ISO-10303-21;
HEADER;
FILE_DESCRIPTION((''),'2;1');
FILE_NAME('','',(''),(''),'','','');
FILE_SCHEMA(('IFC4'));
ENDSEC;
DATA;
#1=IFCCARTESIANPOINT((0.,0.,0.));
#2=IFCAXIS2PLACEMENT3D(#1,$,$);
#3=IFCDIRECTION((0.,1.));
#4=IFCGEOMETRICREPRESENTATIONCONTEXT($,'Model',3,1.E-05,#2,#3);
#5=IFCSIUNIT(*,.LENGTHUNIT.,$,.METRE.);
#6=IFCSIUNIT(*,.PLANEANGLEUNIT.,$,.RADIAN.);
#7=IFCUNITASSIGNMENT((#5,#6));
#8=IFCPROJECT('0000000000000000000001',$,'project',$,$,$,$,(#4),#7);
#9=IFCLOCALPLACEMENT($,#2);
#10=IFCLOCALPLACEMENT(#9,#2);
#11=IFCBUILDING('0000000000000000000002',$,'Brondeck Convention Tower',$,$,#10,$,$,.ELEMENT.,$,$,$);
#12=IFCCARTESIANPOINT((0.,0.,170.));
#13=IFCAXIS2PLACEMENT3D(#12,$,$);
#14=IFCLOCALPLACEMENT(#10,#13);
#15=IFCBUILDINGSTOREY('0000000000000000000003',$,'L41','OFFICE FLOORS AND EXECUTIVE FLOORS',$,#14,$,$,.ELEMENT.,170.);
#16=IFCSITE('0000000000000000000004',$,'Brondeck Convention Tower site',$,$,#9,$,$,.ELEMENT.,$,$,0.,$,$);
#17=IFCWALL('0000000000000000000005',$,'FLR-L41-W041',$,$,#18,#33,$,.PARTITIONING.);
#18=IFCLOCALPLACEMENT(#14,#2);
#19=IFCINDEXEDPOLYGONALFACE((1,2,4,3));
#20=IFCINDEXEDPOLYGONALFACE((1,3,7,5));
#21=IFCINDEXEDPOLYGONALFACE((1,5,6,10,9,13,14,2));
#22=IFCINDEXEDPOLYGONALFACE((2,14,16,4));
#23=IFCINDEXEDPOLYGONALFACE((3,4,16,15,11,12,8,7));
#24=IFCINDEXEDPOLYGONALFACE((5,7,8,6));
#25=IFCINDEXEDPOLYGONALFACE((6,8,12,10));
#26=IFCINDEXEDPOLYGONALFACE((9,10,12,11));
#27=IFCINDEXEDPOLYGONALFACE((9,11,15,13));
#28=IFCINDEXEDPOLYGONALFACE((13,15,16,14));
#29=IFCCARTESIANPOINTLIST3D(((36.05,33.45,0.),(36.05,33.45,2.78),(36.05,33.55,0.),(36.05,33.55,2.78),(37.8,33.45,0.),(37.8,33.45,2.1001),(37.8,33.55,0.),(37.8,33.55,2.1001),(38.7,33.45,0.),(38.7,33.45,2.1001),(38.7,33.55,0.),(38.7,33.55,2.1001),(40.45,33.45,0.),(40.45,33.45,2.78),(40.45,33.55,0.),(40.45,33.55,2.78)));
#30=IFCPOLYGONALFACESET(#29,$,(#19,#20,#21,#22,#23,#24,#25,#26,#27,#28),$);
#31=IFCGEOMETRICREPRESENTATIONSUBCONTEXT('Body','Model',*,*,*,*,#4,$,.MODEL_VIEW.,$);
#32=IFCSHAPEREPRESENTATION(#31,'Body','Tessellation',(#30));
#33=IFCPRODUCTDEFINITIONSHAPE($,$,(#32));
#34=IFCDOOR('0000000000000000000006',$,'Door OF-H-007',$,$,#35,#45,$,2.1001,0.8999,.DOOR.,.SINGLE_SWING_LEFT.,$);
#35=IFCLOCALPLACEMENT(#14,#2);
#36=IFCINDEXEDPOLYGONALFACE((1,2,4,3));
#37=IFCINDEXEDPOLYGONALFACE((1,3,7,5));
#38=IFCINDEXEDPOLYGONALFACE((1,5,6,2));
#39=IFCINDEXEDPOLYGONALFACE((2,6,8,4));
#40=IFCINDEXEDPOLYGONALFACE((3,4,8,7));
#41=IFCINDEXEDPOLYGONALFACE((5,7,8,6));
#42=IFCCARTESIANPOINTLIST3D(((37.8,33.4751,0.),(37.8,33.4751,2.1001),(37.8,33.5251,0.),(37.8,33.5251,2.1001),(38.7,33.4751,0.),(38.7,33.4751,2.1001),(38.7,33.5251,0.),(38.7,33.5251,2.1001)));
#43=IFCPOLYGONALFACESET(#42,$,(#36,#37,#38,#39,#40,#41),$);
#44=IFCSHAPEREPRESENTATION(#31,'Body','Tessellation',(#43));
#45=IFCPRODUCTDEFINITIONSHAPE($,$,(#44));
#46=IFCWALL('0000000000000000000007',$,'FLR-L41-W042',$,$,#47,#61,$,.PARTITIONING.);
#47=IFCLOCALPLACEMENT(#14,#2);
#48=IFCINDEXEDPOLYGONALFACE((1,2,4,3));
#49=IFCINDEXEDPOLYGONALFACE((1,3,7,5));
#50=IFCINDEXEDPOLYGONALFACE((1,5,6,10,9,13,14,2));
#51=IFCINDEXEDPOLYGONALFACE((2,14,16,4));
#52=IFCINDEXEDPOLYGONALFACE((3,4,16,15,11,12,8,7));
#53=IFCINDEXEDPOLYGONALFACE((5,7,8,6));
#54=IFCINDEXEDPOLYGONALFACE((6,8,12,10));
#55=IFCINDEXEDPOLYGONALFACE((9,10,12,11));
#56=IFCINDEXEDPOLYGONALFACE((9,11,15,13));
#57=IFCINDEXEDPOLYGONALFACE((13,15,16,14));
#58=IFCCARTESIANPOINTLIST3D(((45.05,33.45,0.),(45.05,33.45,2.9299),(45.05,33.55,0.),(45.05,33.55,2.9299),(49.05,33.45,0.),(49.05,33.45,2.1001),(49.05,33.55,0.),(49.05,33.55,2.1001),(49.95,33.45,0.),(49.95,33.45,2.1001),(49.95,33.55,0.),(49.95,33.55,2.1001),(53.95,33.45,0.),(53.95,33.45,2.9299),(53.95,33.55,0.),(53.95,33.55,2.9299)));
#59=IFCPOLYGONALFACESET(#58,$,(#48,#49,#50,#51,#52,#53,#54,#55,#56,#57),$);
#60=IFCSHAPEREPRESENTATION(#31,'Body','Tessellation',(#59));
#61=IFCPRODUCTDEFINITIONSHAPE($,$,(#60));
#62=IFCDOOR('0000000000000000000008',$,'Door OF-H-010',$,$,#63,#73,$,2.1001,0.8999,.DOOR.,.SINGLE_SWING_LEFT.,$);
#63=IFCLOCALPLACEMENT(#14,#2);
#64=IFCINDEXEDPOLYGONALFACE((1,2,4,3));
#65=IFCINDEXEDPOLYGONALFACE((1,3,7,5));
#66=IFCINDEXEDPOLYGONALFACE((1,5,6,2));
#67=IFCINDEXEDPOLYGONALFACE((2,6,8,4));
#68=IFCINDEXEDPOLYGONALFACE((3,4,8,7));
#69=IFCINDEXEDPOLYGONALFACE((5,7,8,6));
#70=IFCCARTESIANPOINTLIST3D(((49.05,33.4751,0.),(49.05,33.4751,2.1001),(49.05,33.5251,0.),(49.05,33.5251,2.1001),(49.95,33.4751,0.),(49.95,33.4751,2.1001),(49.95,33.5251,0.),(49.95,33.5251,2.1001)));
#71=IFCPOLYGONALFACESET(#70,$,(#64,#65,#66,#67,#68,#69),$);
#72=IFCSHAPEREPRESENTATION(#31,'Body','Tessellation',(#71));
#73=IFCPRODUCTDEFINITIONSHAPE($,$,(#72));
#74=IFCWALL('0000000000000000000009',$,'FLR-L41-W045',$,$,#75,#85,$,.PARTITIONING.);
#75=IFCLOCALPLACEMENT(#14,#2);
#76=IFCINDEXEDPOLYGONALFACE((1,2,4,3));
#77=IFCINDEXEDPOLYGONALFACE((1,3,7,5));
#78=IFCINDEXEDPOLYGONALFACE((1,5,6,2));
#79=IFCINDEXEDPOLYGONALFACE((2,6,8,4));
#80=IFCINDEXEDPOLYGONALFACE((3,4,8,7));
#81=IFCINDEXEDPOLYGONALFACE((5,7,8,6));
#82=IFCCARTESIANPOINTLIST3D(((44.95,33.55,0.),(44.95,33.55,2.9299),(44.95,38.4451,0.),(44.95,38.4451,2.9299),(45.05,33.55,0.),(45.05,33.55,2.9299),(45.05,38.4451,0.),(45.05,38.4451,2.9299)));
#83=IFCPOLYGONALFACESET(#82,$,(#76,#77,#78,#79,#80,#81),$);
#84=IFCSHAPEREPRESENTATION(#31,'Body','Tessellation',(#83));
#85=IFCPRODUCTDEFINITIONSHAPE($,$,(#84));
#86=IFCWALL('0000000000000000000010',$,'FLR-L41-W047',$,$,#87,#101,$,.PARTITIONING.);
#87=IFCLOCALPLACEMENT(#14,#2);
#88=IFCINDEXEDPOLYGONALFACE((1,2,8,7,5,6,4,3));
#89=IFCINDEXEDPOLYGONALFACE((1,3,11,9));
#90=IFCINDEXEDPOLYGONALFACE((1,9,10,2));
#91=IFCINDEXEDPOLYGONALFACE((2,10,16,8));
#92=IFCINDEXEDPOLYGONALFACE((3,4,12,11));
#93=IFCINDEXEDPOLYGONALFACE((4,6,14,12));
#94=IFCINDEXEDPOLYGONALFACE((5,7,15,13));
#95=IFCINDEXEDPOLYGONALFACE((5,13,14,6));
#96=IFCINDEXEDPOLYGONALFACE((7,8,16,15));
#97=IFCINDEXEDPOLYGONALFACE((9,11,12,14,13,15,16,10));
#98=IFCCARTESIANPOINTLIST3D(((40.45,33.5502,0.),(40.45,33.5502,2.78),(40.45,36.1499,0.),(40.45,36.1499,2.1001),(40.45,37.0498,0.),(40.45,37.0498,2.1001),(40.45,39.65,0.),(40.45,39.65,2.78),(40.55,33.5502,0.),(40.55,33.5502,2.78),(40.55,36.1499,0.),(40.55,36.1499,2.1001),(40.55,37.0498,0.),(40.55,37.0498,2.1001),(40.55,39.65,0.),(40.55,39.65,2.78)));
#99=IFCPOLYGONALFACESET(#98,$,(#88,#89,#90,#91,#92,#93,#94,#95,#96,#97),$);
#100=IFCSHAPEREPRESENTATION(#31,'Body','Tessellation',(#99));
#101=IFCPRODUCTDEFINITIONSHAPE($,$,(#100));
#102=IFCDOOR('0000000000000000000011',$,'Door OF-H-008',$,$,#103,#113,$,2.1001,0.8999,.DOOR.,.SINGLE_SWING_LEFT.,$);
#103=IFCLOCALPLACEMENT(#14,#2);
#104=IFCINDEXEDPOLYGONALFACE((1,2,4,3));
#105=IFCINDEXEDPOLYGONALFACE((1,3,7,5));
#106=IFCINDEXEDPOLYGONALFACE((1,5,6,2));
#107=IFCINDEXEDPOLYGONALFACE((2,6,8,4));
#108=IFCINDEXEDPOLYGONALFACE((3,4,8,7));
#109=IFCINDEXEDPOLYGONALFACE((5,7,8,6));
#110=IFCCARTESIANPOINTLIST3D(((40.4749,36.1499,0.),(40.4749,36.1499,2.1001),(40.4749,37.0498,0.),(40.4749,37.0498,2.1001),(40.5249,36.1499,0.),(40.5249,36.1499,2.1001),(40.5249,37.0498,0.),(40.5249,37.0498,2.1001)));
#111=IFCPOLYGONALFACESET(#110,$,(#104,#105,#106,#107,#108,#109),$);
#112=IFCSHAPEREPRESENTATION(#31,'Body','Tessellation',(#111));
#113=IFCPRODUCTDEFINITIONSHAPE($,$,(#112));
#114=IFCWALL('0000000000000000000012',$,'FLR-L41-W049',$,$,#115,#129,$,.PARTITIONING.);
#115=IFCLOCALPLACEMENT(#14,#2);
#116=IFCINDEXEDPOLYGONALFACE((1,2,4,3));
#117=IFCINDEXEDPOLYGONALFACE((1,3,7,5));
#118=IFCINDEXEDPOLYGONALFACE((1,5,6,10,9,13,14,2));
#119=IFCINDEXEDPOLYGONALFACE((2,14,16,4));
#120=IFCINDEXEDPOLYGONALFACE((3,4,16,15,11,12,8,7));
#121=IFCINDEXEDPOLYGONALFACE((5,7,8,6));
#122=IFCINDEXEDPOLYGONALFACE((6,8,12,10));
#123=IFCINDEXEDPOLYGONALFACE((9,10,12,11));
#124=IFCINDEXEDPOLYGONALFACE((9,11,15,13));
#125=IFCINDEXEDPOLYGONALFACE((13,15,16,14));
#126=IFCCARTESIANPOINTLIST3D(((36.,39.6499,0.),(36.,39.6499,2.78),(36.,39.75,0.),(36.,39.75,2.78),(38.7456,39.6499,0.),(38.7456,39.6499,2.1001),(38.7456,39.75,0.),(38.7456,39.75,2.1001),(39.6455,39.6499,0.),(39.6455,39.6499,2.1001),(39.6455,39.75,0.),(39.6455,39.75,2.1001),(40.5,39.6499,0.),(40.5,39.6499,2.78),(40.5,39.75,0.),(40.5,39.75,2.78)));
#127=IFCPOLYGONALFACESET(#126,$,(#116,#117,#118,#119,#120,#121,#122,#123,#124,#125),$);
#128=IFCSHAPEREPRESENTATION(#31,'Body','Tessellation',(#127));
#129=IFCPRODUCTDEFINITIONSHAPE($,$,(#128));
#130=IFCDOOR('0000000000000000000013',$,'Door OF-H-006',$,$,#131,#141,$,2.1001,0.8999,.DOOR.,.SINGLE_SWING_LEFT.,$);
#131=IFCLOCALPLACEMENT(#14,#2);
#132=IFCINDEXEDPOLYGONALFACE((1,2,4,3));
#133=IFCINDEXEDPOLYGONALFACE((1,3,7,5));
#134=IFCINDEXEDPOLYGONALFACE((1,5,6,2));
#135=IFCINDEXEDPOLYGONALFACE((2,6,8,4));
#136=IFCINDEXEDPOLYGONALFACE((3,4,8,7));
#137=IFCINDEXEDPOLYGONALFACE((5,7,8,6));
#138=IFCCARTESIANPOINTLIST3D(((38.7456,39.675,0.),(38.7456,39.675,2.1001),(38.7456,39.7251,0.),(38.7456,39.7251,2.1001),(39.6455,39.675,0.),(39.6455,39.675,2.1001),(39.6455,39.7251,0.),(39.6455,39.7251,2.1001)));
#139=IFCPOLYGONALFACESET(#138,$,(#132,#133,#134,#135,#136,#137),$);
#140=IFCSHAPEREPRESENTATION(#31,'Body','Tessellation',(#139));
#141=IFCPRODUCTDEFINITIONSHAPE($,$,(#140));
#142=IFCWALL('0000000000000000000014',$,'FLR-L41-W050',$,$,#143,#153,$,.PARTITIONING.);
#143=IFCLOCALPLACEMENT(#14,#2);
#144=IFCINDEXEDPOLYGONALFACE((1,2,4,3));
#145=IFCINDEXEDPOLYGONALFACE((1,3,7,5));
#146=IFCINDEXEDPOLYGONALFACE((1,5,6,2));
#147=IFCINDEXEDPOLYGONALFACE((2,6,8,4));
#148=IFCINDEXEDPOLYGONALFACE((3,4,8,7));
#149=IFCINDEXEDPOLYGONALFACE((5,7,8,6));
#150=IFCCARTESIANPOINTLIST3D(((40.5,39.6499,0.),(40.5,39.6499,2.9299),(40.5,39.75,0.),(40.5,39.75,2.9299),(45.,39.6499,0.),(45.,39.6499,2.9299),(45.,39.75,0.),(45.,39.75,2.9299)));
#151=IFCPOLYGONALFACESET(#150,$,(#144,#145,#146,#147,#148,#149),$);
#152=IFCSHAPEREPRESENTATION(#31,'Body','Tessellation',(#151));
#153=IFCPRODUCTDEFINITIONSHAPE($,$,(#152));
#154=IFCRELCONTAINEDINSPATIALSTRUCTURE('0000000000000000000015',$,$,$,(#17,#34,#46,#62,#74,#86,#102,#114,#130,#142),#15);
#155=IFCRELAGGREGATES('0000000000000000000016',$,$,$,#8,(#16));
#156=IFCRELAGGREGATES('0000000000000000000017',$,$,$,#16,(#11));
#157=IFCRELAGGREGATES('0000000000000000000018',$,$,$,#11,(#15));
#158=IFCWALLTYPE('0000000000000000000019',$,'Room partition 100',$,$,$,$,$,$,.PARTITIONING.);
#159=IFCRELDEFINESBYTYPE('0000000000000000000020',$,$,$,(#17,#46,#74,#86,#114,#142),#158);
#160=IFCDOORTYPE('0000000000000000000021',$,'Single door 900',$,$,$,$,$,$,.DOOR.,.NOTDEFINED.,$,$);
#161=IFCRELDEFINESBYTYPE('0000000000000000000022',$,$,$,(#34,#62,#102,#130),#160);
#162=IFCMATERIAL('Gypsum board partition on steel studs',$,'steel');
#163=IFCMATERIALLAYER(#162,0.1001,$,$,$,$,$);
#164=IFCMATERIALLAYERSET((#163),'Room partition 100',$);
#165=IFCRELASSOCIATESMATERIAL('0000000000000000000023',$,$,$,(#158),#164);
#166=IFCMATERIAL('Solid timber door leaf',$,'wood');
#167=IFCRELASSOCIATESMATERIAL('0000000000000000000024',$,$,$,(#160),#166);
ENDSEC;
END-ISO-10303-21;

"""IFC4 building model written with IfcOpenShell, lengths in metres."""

from ifc_helpers import new_model, si_unit, direction, frame, frame_2d, origin, place, context, subcontext, project, spatial, rectangle, extrude, material, layer, layer_set, type_object, element, fill, save


model = new_model("IFC4")

# Units and contexts
model_context = context("Model", 3, precision=1e-05, world=origin(), true_north=direction((0.0, 1.0)))
body_context = subcontext(model_context, "Body", "Model", "MODEL_VIEW")
ifc_project = project(units=[si_unit("LENGTHUNIT", "METRE"), si_unit("PLANEANGLEUNIT", "RADIAN")], contexts=[model_context])

# Site, building, storey
site_placement = place(None, origin())
site = spatial("IfcSite", under=ifc_project, at=site_placement, Name="Brondeck Convention Tower site", CompositionType="ELEMENT", RefElevation=0.0)
building_placement = place(site_placement, origin())
building = spatial("IfcBuilding", under=site, at=building_placement, Name="Brondeck Convention Tower", CompositionType="ELEMENT")
storey_placement = place(building_placement, frame((0.0, 0.0, 170.0)))
storey = spatial("IfcBuildingStorey", under=building, at=storey_placement, Name="L41", Description="OFFICE FLOORS AND EXECUTIVE FLOORS", CompositionType="ELEMENT", Elevation=170.0)

# Shared definitions
ifc_material_1 = material(Name="Gypsum board partition on steel studs", Category="steel")
ifc_layer_1 = layer(ifc_material_1, 0.1001)
ifc_layer_set_1 = layer_set([ifc_layer_1], Name="Room partition 100")
wall_type_1 = type_object("IfcWallType", Name="Room partition 100", PredefinedType="PARTITIONING", material=ifc_layer_set_1)

# Walls, openings, doors
wall_1_placement = place(storey_placement, frame((40.45, 33.5, 0.0), z_axis=(0.0, 0.0, 1.0), x_axis=(-1.0, 0.0, 0.0)))
wall_1 = element("IfcWall", 1, at=wall_1_placement, inside=storey, type_object=wall_type_1, Name="FLR-L41-W041", PredefinedType="PARTITIONING", context=body_context, shape_type="SweptSolid", body=[
    extrude(rectangle(XDim=4.3999, YDim=0.1001, at=frame_2d((2.2, 0.0))), origin(), (0.0, 0.0, 1.0), 2.78),
])
opening_1_placement = place(wall_1_placement, frame((1.75, 0.0, 0.0)))
opening_1 = element("IfcOpeningElement", 2, at=opening_1_placement, cuts=wall_1, PredefinedType="OPENING", context=body_context, shape_type="SweptSolid", body=[
    extrude(rectangle(XDim=0.8999, YDim=2.1001, at=frame_2d((0.45, 1.05))), frame((0.0, 0.0601, 0.0), z_axis=(0.0, -1.0, 0.0), x_axis=(1.0, 0.0, 0.0)), (0.0, 0.0, 1.0), 0.1201),
])
ifc_material_2 = material(Name="Solid timber door leaf", Category="wood")
door_type = type_object("IfcDoorType", Name="Single door 900", OperationType="NOTDEFINED", PredefinedType="DOOR", material=ifc_material_2)
door_1_placement = place(opening_1_placement, origin())
door_1 = element("IfcDoor", 3, at=door_1_placement, inside=storey, type_object=door_type, Name="Door OF-H-007", OperationType="SINGLE_SWING_LEFT", OverallHeight=2.1001, OverallWidth=0.8999, PredefinedType="DOOR", context=body_context, shape_type="SweptSolid", body=[
    extrude(rectangle(XDim=0.8999, YDim=2.1001, at=frame_2d((0.45, 1.05))), frame((0.0, 0.0249, 0.0), z_axis=(0.0, -1.0, 0.0), x_axis=(1.0, 0.0, 0.0)), (0.0, 0.0, 1.0), 0.05),
])
fill(opening_1, door_1)
wall_2_placement = place(storey_placement, frame((53.95, 33.5, 0.0), z_axis=(0.0, 0.0, 1.0), x_axis=(-1.0, 0.0, 0.0)))
wall_2 = element("IfcWall", 4, at=wall_2_placement, inside=storey, type_object=wall_type_1, Name="FLR-L41-W042", PredefinedType="PARTITIONING", context=body_context, shape_type="SweptSolid", body=[
    extrude(rectangle(XDim=8.8999, YDim=0.1001, at=frame_2d((4.45, 0.0))), origin(), (0.0, 0.0, 1.0), 2.9299),
])
opening_2_placement = place(wall_2_placement, frame((4.0, 0.0, 0.0)))
opening_2 = element("IfcOpeningElement", 5, at=opening_2_placement, cuts=wall_2, PredefinedType="OPENING", context=body_context, shape_type="SweptSolid", body=[
    extrude(rectangle(XDim=0.8999, YDim=2.1001, at=frame_2d((0.45, 1.05))), frame((0.0, 0.0601, 0.0), z_axis=(0.0, -1.0, 0.0), x_axis=(1.0, 0.0, 0.0)), (0.0, 0.0, 1.0), 0.1201),
])
door_2_placement = place(opening_2_placement, origin())
door_2 = element("IfcDoor", 6, at=door_2_placement, inside=storey, type_object=door_type, Name="Door OF-H-010", OperationType="SINGLE_SWING_LEFT", OverallHeight=2.1001, OverallWidth=0.8999, PredefinedType="DOOR", context=body_context, shape_type="SweptSolid", body=[
    extrude(rectangle(XDim=0.8999, YDim=2.1001, at=frame_2d((0.45, 1.05))), frame((0.0, 0.0249, 0.0), z_axis=(0.0, -1.0, 0.0), x_axis=(1.0, 0.0, 0.0)), (0.0, 0.0, 1.0), 0.05),
])
fill(opening_2, door_2)

# Wall
wall_3_placement = place(storey_placement, frame((45.0, 38.4451, 0.0), z_axis=(0.0, 0.0, 1.0), x_axis=(0.0, -1.0, 0.0)))
element("IfcWall", 7, at=wall_3_placement, inside=storey, type_object=wall_type_1, Name="FLR-L41-W045", PredefinedType="PARTITIONING", context=body_context, shape_type="SweptSolid", body=[
    extrude(rectangle(XDim=4.895, YDim=0.1001, at=frame_2d((2.4475, 0.0))), origin(), (0.0, 0.0, 1.0), 2.9299),
])

# Walls, openings, doors
wall_4_placement = place(storey_placement, frame((40.5, 39.6499, 0.0), z_axis=(0.0, 0.0, 1.0), x_axis=(0.0, -1.0, 0.0)))
wall_4 = element("IfcWall", 8, at=wall_4_placement, inside=storey, type_object=wall_type_1, Name="FLR-L41-W047", PredefinedType="PARTITIONING", context=body_context, shape_type="SweptSolid", body=[
    extrude(rectangle(XDim=6.0999, YDim=0.1001, at=frame_2d((3.0498, 0.0))), origin(), (0.0, 0.0, 1.0), 2.78),
])
opening_3_placement = place(wall_4_placement, frame((2.6001, 0.0, 0.0)))
opening_3 = element("IfcOpeningElement", 9, at=opening_3_placement, cuts=wall_4, PredefinedType="OPENING", context=body_context, shape_type="SweptSolid", body=[
    extrude(rectangle(XDim=0.8999, YDim=2.1001, at=frame_2d((0.45, 1.05))), frame((0.0, 0.0601, 0.0), z_axis=(0.0, -1.0, 0.0), x_axis=(1.0, 0.0, 0.0)), (0.0, 0.0, 1.0), 0.1201),
])
door_3_placement = place(opening_3_placement, origin())
door_3 = element("IfcDoor", 10, at=door_3_placement, inside=storey, type_object=door_type, Name="Door OF-H-008", OperationType="SINGLE_SWING_LEFT", OverallHeight=2.1001, OverallWidth=0.8999, PredefinedType="DOOR", context=body_context, shape_type="SweptSolid", body=[
    extrude(rectangle(XDim=0.8999, YDim=2.1001, at=frame_2d((0.45, 1.05))), frame((0.0, 0.0249, 0.0), z_axis=(0.0, -1.0, 0.0), x_axis=(1.0, 0.0, 0.0)), (0.0, 0.0, 1.0), 0.05),
])
fill(opening_3, door_3)
wall_5_placement = place(storey_placement, frame((40.5, 39.7, 0.0), z_axis=(0.0, 0.0, 1.0), x_axis=(-1.0, 0.0, 0.0)))
wall_5 = element("IfcWall", 11, at=wall_5_placement, inside=storey, type_object=wall_type_1, Name="FLR-L41-W049", PredefinedType="PARTITIONING", context=body_context, shape_type="SweptSolid", body=[
    extrude(rectangle(XDim=4.5, YDim=0.1001, at=frame_2d((2.25, 0.0))), origin(), (0.0, 0.0, 1.0), 2.78),
])
opening_4_placement = place(wall_5_placement, frame((0.8545, 0.0, 0.0)))
opening_4 = element("IfcOpeningElement", 12, at=opening_4_placement, cuts=wall_5, PredefinedType="OPENING", context=body_context, shape_type="SweptSolid", body=[
    extrude(rectangle(XDim=0.8999, YDim=2.1001, at=frame_2d((0.45, 1.05))), frame((0.0, 0.0601, 0.0), z_axis=(0.0, -1.0, 0.0), x_axis=(1.0, 0.0, 0.0)), (0.0, 0.0, 1.0), 0.1201),
])
door_4_placement = place(opening_4_placement, origin())
door_4 = element("IfcDoor", 13, at=door_4_placement, inside=storey, type_object=door_type, Name="Door OF-H-006", OperationType="SINGLE_SWING_LEFT", OverallHeight=2.1001, OverallWidth=0.8999, PredefinedType="DOOR", context=body_context, shape_type="SweptSolid", body=[
    extrude(rectangle(XDim=0.8999, YDim=2.1001, at=frame_2d((0.45, 1.05))), frame((0.0, 0.0249, 0.0), z_axis=(0.0, -1.0, 0.0), x_axis=(1.0, 0.0, 0.0)), (0.0, 0.0, 1.0), 0.05),
])
fill(opening_4, door_4)

# Wall
wall_6_placement = place(storey_placement, frame((45.0, 39.7, 0.0), z_axis=(0.0, 0.0, 1.0), x_axis=(-1.0, 0.0, 0.0)))
element("IfcWall", 14, at=wall_6_placement, inside=storey, type_object=wall_type_1, Name="FLR-L41-W050", PredefinedType="PARTITIONING", context=body_context, shape_type="SweptSolid", body=[
    extrude(rectangle(XDim=4.5, YDim=0.1001, at=frame_2d((2.25, 0.0))), origin(), (0.0, 0.0, 1.0), 2.9299),
])

save(model, "model.ifc")
